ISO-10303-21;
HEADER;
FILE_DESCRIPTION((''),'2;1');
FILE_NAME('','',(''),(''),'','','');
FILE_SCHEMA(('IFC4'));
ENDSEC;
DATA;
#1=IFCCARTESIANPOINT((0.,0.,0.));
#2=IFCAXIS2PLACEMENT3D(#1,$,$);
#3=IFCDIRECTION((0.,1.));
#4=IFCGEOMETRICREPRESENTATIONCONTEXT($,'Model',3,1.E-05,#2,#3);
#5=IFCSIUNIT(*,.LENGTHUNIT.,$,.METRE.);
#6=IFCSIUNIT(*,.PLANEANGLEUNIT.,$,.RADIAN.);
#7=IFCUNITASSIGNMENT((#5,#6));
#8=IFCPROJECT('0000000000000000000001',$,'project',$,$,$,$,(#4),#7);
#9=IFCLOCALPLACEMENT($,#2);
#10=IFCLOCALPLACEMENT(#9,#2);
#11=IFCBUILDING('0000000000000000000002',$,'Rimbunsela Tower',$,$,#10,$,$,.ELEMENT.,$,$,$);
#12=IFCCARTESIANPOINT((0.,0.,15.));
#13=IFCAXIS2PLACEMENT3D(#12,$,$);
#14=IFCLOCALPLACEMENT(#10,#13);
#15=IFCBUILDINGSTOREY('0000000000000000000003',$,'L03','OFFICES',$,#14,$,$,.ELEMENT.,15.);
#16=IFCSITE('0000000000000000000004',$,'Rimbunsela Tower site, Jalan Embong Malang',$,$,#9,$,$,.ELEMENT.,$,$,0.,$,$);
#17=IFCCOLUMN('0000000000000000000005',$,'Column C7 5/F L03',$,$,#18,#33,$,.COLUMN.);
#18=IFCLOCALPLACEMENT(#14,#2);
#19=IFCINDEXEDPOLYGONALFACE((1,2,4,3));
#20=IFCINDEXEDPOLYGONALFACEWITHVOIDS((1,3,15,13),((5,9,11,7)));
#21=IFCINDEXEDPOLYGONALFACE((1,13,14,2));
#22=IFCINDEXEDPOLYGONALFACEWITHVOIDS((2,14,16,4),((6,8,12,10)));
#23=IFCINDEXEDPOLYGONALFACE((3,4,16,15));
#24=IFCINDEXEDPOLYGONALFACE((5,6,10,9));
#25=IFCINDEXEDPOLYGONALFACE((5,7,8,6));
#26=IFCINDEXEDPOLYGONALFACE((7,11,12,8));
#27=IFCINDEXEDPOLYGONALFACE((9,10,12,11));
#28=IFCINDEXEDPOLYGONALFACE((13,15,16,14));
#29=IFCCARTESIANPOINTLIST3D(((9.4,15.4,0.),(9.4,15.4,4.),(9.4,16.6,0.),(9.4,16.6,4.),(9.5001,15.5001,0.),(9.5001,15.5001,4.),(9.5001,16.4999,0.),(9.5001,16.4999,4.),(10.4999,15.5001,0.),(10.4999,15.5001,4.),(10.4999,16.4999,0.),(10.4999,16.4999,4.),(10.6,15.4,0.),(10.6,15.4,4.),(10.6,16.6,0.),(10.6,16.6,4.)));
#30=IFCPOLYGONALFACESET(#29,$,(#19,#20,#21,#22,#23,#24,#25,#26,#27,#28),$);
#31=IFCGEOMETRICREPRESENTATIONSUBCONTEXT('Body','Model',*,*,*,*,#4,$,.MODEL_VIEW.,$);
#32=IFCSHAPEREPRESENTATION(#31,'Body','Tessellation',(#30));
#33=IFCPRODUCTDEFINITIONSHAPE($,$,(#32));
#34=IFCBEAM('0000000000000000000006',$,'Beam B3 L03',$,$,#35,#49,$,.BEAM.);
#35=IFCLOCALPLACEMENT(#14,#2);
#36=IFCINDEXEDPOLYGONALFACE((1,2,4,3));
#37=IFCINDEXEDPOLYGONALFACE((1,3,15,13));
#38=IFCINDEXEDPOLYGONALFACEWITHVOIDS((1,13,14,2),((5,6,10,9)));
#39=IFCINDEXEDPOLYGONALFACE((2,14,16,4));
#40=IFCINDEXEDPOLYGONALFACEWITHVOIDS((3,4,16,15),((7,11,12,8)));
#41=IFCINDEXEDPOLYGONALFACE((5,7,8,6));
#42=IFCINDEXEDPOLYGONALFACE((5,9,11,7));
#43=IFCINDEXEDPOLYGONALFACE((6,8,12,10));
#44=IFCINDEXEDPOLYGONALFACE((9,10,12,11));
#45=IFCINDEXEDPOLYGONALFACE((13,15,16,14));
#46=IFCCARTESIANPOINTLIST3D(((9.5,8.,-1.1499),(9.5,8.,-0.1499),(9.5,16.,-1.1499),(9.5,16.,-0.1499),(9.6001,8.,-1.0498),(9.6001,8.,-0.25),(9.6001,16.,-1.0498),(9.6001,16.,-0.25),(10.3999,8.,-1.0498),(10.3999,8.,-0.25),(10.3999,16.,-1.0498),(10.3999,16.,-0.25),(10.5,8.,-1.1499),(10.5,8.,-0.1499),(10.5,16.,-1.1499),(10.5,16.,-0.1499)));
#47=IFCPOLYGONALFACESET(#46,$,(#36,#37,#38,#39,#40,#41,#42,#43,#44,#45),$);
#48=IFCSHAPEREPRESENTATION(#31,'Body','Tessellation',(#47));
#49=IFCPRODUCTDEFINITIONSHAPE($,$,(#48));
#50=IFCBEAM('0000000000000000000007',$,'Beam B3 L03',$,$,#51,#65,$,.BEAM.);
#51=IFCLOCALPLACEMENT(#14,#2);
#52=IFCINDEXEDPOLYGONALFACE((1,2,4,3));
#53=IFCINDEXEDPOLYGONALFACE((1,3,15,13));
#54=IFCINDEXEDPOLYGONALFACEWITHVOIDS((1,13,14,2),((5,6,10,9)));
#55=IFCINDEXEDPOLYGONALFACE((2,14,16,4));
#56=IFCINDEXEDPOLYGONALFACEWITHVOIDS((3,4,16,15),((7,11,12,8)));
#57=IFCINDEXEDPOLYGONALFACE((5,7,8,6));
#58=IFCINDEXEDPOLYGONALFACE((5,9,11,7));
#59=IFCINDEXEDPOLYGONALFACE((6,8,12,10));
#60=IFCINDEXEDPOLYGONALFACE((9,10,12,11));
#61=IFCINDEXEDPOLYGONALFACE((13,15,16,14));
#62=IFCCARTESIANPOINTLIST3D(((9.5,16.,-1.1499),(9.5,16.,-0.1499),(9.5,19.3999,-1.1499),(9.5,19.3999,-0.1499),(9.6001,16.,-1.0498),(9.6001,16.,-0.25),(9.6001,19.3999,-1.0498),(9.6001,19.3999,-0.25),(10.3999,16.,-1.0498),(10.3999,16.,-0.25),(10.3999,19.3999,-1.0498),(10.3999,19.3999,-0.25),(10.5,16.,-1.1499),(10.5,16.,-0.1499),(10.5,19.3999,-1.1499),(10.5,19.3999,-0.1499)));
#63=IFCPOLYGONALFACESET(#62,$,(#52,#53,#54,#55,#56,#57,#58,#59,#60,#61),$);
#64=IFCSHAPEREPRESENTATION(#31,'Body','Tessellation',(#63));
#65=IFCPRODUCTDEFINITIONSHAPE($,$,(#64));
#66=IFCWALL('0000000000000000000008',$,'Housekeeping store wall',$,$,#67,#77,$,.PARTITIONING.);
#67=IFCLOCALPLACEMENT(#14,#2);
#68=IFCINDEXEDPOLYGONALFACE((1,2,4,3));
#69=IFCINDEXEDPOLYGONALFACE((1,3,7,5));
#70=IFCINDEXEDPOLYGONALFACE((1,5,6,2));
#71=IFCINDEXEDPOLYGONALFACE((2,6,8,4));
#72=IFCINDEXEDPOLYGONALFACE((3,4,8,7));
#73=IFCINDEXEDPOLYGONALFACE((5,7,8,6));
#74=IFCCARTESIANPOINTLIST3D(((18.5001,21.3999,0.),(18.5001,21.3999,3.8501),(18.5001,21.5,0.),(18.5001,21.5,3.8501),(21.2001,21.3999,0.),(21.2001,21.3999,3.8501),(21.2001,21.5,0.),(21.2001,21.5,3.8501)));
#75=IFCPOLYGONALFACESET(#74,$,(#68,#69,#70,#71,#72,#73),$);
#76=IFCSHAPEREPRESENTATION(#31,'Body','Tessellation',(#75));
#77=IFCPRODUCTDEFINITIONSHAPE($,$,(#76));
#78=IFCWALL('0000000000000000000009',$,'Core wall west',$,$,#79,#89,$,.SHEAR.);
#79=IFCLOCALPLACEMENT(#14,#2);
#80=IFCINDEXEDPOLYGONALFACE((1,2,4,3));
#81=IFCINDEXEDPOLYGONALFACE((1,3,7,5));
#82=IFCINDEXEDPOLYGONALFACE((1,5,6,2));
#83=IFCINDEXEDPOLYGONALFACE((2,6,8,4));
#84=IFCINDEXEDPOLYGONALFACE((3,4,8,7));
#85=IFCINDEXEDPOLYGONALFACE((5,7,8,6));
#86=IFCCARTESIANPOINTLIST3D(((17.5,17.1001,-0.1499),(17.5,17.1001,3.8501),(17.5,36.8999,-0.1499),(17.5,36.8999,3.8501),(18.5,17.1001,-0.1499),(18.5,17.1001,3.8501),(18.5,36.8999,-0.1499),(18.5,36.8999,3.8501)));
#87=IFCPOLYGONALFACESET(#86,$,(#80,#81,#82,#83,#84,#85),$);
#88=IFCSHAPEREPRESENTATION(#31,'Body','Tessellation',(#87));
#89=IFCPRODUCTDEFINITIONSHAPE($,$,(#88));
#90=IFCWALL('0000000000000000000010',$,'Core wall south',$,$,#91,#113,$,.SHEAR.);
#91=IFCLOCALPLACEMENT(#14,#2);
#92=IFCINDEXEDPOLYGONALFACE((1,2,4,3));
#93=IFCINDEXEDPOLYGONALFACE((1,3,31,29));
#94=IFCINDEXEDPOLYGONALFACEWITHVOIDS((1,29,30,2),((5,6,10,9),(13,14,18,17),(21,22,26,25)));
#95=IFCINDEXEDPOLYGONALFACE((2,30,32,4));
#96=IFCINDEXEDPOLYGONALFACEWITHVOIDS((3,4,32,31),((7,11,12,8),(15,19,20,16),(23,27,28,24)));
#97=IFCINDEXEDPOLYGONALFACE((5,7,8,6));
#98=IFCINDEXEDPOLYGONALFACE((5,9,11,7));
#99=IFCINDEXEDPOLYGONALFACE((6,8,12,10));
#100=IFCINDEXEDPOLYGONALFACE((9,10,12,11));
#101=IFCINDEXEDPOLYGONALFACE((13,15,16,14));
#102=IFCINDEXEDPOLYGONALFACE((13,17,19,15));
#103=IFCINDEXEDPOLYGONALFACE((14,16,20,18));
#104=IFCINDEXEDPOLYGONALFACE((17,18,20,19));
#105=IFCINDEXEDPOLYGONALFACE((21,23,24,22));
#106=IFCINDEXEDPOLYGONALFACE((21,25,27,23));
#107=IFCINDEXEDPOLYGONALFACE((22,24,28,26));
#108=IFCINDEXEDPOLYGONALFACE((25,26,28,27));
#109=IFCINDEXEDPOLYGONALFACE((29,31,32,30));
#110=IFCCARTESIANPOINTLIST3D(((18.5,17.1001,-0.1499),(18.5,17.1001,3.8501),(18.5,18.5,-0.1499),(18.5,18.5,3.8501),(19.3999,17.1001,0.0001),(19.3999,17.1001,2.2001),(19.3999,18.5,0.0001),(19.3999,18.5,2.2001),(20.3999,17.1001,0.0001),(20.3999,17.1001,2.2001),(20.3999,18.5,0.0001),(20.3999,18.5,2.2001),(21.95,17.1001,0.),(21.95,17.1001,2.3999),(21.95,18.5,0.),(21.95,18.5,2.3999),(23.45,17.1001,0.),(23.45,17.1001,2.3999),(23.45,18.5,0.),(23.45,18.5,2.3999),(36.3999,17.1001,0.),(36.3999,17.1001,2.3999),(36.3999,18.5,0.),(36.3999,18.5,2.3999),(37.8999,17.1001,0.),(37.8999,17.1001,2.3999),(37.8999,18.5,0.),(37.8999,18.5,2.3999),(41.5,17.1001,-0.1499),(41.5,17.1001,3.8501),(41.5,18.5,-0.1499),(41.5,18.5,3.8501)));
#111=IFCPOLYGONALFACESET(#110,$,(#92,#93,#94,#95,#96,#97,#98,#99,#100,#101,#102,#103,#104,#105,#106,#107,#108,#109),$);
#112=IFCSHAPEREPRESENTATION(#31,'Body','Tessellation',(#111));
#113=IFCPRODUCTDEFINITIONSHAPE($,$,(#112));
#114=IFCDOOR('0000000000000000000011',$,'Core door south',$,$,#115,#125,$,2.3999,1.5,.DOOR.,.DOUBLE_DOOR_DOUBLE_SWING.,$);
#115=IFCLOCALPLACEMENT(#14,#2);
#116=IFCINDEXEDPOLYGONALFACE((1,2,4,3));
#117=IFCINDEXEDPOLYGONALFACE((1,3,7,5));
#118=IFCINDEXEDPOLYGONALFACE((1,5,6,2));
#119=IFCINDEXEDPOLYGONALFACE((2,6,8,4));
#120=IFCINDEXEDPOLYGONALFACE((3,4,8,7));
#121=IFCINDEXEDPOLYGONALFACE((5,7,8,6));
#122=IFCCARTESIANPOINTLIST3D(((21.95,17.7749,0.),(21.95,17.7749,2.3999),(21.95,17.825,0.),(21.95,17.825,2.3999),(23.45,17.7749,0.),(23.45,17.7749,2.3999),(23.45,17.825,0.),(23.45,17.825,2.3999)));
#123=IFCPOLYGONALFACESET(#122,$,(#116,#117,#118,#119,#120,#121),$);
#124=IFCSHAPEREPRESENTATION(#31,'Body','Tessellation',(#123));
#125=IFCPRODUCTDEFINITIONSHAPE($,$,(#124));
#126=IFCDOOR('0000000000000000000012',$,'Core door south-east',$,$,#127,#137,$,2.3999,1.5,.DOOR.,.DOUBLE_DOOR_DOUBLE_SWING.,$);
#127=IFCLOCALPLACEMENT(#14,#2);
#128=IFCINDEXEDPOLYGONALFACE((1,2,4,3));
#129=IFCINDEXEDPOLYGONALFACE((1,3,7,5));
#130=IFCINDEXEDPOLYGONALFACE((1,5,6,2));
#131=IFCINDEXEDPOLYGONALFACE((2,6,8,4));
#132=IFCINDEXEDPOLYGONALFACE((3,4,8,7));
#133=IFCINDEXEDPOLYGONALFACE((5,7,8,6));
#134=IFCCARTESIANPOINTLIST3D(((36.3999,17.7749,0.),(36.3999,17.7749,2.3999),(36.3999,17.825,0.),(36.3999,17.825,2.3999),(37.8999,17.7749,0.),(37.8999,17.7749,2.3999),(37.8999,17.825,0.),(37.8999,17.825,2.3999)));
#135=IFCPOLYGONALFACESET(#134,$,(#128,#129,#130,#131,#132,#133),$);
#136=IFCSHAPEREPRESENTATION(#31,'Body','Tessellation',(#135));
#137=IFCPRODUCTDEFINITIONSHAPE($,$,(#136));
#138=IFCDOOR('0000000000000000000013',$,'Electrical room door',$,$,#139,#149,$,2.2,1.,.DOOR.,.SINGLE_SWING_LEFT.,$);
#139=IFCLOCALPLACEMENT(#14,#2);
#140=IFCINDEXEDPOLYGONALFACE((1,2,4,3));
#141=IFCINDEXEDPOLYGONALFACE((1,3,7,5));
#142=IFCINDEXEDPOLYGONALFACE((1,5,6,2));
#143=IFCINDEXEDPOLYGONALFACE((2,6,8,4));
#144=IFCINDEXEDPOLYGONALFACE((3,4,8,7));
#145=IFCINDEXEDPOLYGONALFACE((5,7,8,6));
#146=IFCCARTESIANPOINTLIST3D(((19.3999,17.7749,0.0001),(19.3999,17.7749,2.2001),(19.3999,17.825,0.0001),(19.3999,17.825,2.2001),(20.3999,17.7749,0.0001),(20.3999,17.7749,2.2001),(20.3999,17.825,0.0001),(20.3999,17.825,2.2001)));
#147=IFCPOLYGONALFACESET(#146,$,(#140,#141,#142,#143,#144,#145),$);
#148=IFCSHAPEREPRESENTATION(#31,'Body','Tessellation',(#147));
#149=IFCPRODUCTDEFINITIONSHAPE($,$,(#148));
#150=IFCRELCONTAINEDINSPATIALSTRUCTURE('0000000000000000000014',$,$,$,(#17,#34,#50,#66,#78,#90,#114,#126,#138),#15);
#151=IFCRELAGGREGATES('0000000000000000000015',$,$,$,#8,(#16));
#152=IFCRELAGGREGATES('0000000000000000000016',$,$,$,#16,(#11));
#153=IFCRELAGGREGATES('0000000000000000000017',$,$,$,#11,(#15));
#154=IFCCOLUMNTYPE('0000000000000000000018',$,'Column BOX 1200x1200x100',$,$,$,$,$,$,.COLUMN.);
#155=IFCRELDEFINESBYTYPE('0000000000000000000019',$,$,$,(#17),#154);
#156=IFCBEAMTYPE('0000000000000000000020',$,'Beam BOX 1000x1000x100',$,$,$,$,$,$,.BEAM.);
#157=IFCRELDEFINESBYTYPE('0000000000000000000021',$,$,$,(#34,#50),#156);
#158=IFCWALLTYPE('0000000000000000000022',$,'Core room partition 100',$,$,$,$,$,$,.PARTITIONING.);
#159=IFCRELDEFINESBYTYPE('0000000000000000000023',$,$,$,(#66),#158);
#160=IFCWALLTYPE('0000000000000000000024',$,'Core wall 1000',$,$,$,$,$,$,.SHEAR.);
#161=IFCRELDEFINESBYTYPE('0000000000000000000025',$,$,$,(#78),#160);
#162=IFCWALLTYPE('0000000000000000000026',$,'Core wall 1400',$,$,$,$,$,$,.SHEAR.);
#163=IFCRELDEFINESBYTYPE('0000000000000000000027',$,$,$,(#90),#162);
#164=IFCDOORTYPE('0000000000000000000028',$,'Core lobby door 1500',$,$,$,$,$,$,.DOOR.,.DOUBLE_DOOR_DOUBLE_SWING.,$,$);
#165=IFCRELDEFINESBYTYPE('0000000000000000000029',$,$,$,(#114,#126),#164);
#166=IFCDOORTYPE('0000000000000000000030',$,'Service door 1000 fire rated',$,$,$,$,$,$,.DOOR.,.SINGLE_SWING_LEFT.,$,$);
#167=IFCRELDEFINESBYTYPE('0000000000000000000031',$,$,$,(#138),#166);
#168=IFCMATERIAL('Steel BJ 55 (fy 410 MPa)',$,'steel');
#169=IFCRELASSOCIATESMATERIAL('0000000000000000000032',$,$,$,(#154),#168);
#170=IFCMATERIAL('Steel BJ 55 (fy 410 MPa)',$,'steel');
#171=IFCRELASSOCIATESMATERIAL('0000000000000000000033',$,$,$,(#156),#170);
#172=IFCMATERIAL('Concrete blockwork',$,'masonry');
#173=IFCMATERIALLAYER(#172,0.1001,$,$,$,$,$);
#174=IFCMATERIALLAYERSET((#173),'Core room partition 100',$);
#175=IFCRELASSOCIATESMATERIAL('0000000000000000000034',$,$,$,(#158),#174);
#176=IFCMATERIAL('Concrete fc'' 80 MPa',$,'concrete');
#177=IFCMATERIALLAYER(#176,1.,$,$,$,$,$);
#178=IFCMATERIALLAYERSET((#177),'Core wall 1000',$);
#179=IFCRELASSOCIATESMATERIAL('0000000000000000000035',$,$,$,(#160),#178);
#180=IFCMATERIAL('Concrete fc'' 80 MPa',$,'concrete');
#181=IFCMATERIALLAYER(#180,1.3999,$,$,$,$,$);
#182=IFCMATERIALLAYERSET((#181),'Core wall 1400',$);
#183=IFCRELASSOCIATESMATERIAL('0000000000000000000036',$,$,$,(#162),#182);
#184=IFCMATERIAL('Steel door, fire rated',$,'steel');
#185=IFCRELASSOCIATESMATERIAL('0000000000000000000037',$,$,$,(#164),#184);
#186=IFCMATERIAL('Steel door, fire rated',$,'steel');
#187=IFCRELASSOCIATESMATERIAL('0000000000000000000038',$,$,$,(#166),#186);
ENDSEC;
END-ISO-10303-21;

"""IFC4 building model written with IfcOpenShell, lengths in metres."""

from ifc_helpers import new_model, si_unit, direction, frame, frame_2d, origin, origin_2d, place, context, subcontext, project, spatial, rectangle, hollow_rectangle, extrude, material, layer, layer_set, material_profile, profile_set, type_object, element, fill, save


model = new_model("IFC4")

# Units and contexts
model_context = context("Model", 3, precision=1e-05, world=origin(), true_north=direction((0.0, 1.0)))
body_context = subcontext(model_context, "Body", "Model", "MODEL_VIEW")
ifc_project = project(units=[si_unit("LENGTHUNIT", "METRE"), si_unit("PLANEANGLEUNIT", "RADIAN")], contexts=[model_context])

# Site, building, storey
site_placement = place(None, origin())
site = spatial("IfcSite", under=ifc_project, at=site_placement, Name="Rimbunsela Tower site, Jalan Embong Malang", CompositionType="ELEMENT", RefElevation=0.0)
building_placement = place(site_placement, origin())
building = spatial("IfcBuilding", under=site, at=building_placement, Name="Rimbunsela Tower", CompositionType="ELEMENT")
storey_placement = place(building_placement, frame((0.0, 0.0, 15.0)))
storey = spatial("IfcBuildingStorey", under=building, at=storey_placement, Name="L03", Description="OFFICES", CompositionType="ELEMENT", Elevation=15.0)

# Column
ifc_material_1 = material(Name="Steel BJ 55 (fy 410 MPa)", Category="steel")
ifc_material_profile_1 = material_profile(ifc_material_1, hollow_rectangle(XDim=1.2, YDim=1.2, WallThickness=0.1001, at=origin_2d()), Name="BOX 1200x1200x100")
ifc_profile_set_1 = profile_set([ifc_material_profile_1], Name="Steel BJ 55 (fy 410 MPa)")
column_type = type_object("IfcColumnType", Name="Column BOX 1200x1200x100", PredefinedType="COLUMN", material=ifc_profile_set_1)
column_placement = place(storey_placement, frame((10.0, 16.0, 0.0), z_axis=(0.0, 0.0, 1.0), x_axis=(1.0, 0.0, 0.0)))
element("IfcColumn", 1, at=column_placement, inside=storey, type_object=column_type, Name="Column C7 5/F L03", PredefinedType="COLUMN", context=body_context, shape_type="SweptSolid", body=[
    extrude(hollow_rectangle(XDim=1.2, YDim=1.2, WallThickness=0.1001, at=origin_2d()), origin(), (0.0, 0.0, 1.0), 4.0),
])

# Beams
ifc_material_2 = material(Name="Steel BJ 55 (fy 410 MPa)", Category="steel")
ifc_material_profile_2 = material_profile(ifc_material_2, hollow_rectangle(XDim=1.0, YDim=1.0, WallThickness=0.1001, at=origin_2d()), Name="BOX 1000x1000x100")
ifc_profile_set_2 = profile_set([ifc_material_profile_2], Name="Steel BJ 55 (fy 410 MPa)")
beam_type = type_object("IfcBeamType", Name="Beam BOX 1000x1000x100", PredefinedType="BEAM", material=ifc_profile_set_2)
beam_1_placement = place(storey_placement, frame((10.0, 8.0, -0.6499), z_axis=(0.0, 1.0, 0.0), x_axis=(-1.0, 0.0, 0.0)))
element("IfcBeam", 2, at=beam_1_placement, inside=storey, type_object=beam_type, Name="Beam B3 L03", PredefinedType="BEAM", context=body_context, shape_type="SweptSolid", body=[
    extrude(hollow_rectangle(XDim=1.0, YDim=1.0, WallThickness=0.1001, at=origin_2d()), origin(), (0.0, 0.0, 1.0), 8.0),
])
beam_2_placement = place(storey_placement, frame((10.0, 16.0, -0.6499), z_axis=(0.0, 1.0, 0.0), x_axis=(-1.0, 0.0, 0.0)))
element("IfcBeam", 3, at=beam_2_placement, inside=storey, type_object=beam_type, Name="Beam B3 L03", PredefinedType="BEAM", context=body_context, shape_type="SweptSolid", body=[
    extrude(hollow_rectangle(XDim=1.0, YDim=1.0, WallThickness=0.1001, at=origin_2d()), origin(), (0.0, 0.0, 1.0), 3.3999),
])

# Walls
ifc_material_3 = material(Name="Concrete blockwork", Category="masonry")
ifc_layer_1 = layer(ifc_material_3, 0.1001)
ifc_layer_set_1 = layer_set([ifc_layer_1], Name="Core room partition 100")
wall_type_1 = type_object("IfcWallType", Name="Core room partition 100", PredefinedType="PARTITIONING", material=ifc_layer_set_1)
wall_1_placement = place(storey_placement, frame((18.5, 21.45, 0.0), z_axis=(0.0, 0.0, 1.0), x_axis=(1.0, 0.0, 0.0)))
element("IfcWall", 4, at=wall_1_placement, inside=storey, type_object=wall_type_1, Name="Housekeeping store wall", PredefinedType="PARTITIONING", context=body_context, shape_type="SweptSolid", body=[
    extrude(rectangle(XDim=2.7, YDim=0.1001, at=frame_2d((1.3501, 0.0))), origin(), (0.0, 0.0, 1.0), 3.8501),
])
ifc_material_4 = material(Name="Concrete fc' 80 MPa", Category="concrete")
ifc_layer_2 = layer(ifc_material_4, 1.0)
ifc_layer_set_2 = layer_set([ifc_layer_2], Name="Core wall 1000")
wall_type_2 = type_object("IfcWallType", Name="Core wall 1000", PredefinedType="SHEAR", material=ifc_layer_set_2)
wall_2_placement = place(storey_placement, frame((18.0, 17.1001, -0.1499), z_axis=(0.0, 0.0, 1.0), x_axis=(0.0, 1.0, 0.0)))
element("IfcWall", 5, at=wall_2_placement, inside=storey, type_object=wall_type_2, Name="Core wall west", PredefinedType="SHEAR", context=body_context, shape_type="SweptSolid", body=[
    extrude(rectangle(XDim=19.7998, YDim=1.0, at=frame_2d((9.8999, 0.0))), origin(), (0.0, 0.0, 1.0), 4.0),
])

# Wall, openings, doors
ifc_material_5 = material(Name="Concrete fc' 80 MPa", Category="concrete")
ifc_layer_3 = layer(ifc_material_5, 1.3999)
ifc_layer_set_3 = layer_set([ifc_layer_3], Name="Core wall 1400")
wall_type_3 = type_object("IfcWallType", Name="Core wall 1400", PredefinedType="SHEAR", material=ifc_layer_set_3)
wall_3_placement = place(storey_placement, frame((18.5, 17.8, -0.1499), z_axis=(0.0, 0.0, 1.0), x_axis=(1.0, 0.0, 0.0)))
wall_3 = element("IfcWall", 6, at=wall_3_placement, inside=storey, type_object=wall_type_3, Name="Core wall south", PredefinedType="SHEAR", context=body_context, shape_type="SweptSolid", body=[
    extrude(rectangle(XDim=23.0, YDim=1.3999, at=frame_2d((11.5, 0.0))), origin(), (0.0, 0.0, 1.0), 4.0),
])
opening_1_placement = place(wall_3_placement, frame((3.45, 0.0, 0.1499)))
opening_1 = element("IfcOpeningElement", 7, at=opening_1_placement, cuts=wall_3, PredefinedType="OPENING", context=body_context, shape_type="SweptSolid", body=[
    extrude(rectangle(XDim=1.5, YDim=2.3999, at=frame_2d((0.75, 1.2))), frame((0.0, 0.71, 0.0), z_axis=(0.0, -1.0, 0.0), x_axis=(1.0, 0.0, 0.0)), (0.0, 0.0, 1.0), 1.4199),
])
opening_2_placement = place(wall_3_placement, frame((17.8999, 0.0, 0.1499)))
opening_2 = element("IfcOpeningElement", 8, at=opening_2_placement, cuts=wall_3, PredefinedType="OPENING", context=body_context, shape_type="SweptSolid", body=[
    extrude(rectangle(XDim=1.5, YDim=2.3999, at=frame_2d((0.75, 1.2))), frame((0.0, 0.71, 0.0), z_axis=(0.0, -1.0, 0.0), x_axis=(1.0, 0.0, 0.0)), (0.0, 0.0, 1.0), 1.4199),
])
opening_3_placement = place(wall_3_placement, frame((0.8999, 0.0, 0.1499)))
opening_3 = element("IfcOpeningElement", 9, at=opening_3_placement, cuts=wall_3, PredefinedType="OPENING", context=body_context, shape_type="SweptSolid", body=[
    extrude(rectangle(XDim=1.0, YDim=2.2, at=frame_2d((0.5, 1.1001))), frame((0.0, 0.71, 0.0), z_axis=(0.0, -1.0, 0.0), x_axis=(1.0, 0.0, 0.0)), (0.0, 0.0, 1.0), 1.4199),
])
ifc_material_6 = material(Name="Steel door, fire rated", Category="steel")
door_type_1 = type_object("IfcDoorType", Name="Core lobby door 1500", OperationType="DOUBLE_DOOR_DOUBLE_SWING", PredefinedType="DOOR", material=ifc_material_6)
door_1_placement = place(opening_1_placement, origin())
door_1 = element("IfcDoor", 10, at=door_1_placement, inside=storey, type_object=door_type_1, Name="Core door south", OperationType="DOUBLE_DOOR_DOUBLE_SWING", OverallHeight=2.3999, OverallWidth=1.5, PredefinedType="DOOR", context=body_context, shape_type="SweptSolid", body=[
    extrude(rectangle(XDim=1.5, YDim=2.3999, at=frame_2d((0.75, 1.2))), frame((0.0, 0.0249, 0.0), z_axis=(0.0, -1.0, 0.0), x_axis=(1.0, 0.0, 0.0)), (0.0, 0.0, 1.0), 0.05),
])
fill(opening_1, door_1)
door_2_placement = place(opening_2_placement, origin())
door_2 = element("IfcDoor", 11, at=door_2_placement, inside=storey, type_object=door_type_1, Name="Core door south-east", OperationType="DOUBLE_DOOR_DOUBLE_SWING", OverallHeight=2.3999, OverallWidth=1.5, PredefinedType="DOOR", context=body_context, shape_type="SweptSolid", body=[
    extrude(rectangle(XDim=1.5, YDim=2.3999, at=frame_2d((0.75, 1.2))), frame((0.0, 0.0249, 0.0), z_axis=(0.0, -1.0, 0.0), x_axis=(1.0, 0.0, 0.0)), (0.0, 0.0, 1.0), 0.05),
])
fill(opening_2, door_2)
ifc_material_7 = material(Name="Steel door, fire rated", Category="steel")
door_type_2 = type_object("IfcDoorType", Name="Service door 1000 fire rated", OperationType="SINGLE_SWING_LEFT", PredefinedType="DOOR", material=ifc_material_7)
door_3_placement = place(opening_3_placement, origin())
door_3 = element("IfcDoor", 12, at=door_3_placement, inside=storey, type_object=door_type_2, Name="Electrical room door", OperationType="SINGLE_SWING_LEFT", OverallHeight=2.2, OverallWidth=1.0, PredefinedType="DOOR", context=body_context, shape_type="SweptSolid", body=[
    extrude(rectangle(XDim=1.0, YDim=2.2, at=frame_2d((0.5, 1.1001))), frame((0.0, 0.0249, 0.0), z_axis=(0.0, -1.0, 0.0), x_axis=(1.0, 0.0, 0.0)), (0.0, 0.0, 1.0), 0.05),
])
fill(opening_3, door_3)

save(model, "model.ifc")
